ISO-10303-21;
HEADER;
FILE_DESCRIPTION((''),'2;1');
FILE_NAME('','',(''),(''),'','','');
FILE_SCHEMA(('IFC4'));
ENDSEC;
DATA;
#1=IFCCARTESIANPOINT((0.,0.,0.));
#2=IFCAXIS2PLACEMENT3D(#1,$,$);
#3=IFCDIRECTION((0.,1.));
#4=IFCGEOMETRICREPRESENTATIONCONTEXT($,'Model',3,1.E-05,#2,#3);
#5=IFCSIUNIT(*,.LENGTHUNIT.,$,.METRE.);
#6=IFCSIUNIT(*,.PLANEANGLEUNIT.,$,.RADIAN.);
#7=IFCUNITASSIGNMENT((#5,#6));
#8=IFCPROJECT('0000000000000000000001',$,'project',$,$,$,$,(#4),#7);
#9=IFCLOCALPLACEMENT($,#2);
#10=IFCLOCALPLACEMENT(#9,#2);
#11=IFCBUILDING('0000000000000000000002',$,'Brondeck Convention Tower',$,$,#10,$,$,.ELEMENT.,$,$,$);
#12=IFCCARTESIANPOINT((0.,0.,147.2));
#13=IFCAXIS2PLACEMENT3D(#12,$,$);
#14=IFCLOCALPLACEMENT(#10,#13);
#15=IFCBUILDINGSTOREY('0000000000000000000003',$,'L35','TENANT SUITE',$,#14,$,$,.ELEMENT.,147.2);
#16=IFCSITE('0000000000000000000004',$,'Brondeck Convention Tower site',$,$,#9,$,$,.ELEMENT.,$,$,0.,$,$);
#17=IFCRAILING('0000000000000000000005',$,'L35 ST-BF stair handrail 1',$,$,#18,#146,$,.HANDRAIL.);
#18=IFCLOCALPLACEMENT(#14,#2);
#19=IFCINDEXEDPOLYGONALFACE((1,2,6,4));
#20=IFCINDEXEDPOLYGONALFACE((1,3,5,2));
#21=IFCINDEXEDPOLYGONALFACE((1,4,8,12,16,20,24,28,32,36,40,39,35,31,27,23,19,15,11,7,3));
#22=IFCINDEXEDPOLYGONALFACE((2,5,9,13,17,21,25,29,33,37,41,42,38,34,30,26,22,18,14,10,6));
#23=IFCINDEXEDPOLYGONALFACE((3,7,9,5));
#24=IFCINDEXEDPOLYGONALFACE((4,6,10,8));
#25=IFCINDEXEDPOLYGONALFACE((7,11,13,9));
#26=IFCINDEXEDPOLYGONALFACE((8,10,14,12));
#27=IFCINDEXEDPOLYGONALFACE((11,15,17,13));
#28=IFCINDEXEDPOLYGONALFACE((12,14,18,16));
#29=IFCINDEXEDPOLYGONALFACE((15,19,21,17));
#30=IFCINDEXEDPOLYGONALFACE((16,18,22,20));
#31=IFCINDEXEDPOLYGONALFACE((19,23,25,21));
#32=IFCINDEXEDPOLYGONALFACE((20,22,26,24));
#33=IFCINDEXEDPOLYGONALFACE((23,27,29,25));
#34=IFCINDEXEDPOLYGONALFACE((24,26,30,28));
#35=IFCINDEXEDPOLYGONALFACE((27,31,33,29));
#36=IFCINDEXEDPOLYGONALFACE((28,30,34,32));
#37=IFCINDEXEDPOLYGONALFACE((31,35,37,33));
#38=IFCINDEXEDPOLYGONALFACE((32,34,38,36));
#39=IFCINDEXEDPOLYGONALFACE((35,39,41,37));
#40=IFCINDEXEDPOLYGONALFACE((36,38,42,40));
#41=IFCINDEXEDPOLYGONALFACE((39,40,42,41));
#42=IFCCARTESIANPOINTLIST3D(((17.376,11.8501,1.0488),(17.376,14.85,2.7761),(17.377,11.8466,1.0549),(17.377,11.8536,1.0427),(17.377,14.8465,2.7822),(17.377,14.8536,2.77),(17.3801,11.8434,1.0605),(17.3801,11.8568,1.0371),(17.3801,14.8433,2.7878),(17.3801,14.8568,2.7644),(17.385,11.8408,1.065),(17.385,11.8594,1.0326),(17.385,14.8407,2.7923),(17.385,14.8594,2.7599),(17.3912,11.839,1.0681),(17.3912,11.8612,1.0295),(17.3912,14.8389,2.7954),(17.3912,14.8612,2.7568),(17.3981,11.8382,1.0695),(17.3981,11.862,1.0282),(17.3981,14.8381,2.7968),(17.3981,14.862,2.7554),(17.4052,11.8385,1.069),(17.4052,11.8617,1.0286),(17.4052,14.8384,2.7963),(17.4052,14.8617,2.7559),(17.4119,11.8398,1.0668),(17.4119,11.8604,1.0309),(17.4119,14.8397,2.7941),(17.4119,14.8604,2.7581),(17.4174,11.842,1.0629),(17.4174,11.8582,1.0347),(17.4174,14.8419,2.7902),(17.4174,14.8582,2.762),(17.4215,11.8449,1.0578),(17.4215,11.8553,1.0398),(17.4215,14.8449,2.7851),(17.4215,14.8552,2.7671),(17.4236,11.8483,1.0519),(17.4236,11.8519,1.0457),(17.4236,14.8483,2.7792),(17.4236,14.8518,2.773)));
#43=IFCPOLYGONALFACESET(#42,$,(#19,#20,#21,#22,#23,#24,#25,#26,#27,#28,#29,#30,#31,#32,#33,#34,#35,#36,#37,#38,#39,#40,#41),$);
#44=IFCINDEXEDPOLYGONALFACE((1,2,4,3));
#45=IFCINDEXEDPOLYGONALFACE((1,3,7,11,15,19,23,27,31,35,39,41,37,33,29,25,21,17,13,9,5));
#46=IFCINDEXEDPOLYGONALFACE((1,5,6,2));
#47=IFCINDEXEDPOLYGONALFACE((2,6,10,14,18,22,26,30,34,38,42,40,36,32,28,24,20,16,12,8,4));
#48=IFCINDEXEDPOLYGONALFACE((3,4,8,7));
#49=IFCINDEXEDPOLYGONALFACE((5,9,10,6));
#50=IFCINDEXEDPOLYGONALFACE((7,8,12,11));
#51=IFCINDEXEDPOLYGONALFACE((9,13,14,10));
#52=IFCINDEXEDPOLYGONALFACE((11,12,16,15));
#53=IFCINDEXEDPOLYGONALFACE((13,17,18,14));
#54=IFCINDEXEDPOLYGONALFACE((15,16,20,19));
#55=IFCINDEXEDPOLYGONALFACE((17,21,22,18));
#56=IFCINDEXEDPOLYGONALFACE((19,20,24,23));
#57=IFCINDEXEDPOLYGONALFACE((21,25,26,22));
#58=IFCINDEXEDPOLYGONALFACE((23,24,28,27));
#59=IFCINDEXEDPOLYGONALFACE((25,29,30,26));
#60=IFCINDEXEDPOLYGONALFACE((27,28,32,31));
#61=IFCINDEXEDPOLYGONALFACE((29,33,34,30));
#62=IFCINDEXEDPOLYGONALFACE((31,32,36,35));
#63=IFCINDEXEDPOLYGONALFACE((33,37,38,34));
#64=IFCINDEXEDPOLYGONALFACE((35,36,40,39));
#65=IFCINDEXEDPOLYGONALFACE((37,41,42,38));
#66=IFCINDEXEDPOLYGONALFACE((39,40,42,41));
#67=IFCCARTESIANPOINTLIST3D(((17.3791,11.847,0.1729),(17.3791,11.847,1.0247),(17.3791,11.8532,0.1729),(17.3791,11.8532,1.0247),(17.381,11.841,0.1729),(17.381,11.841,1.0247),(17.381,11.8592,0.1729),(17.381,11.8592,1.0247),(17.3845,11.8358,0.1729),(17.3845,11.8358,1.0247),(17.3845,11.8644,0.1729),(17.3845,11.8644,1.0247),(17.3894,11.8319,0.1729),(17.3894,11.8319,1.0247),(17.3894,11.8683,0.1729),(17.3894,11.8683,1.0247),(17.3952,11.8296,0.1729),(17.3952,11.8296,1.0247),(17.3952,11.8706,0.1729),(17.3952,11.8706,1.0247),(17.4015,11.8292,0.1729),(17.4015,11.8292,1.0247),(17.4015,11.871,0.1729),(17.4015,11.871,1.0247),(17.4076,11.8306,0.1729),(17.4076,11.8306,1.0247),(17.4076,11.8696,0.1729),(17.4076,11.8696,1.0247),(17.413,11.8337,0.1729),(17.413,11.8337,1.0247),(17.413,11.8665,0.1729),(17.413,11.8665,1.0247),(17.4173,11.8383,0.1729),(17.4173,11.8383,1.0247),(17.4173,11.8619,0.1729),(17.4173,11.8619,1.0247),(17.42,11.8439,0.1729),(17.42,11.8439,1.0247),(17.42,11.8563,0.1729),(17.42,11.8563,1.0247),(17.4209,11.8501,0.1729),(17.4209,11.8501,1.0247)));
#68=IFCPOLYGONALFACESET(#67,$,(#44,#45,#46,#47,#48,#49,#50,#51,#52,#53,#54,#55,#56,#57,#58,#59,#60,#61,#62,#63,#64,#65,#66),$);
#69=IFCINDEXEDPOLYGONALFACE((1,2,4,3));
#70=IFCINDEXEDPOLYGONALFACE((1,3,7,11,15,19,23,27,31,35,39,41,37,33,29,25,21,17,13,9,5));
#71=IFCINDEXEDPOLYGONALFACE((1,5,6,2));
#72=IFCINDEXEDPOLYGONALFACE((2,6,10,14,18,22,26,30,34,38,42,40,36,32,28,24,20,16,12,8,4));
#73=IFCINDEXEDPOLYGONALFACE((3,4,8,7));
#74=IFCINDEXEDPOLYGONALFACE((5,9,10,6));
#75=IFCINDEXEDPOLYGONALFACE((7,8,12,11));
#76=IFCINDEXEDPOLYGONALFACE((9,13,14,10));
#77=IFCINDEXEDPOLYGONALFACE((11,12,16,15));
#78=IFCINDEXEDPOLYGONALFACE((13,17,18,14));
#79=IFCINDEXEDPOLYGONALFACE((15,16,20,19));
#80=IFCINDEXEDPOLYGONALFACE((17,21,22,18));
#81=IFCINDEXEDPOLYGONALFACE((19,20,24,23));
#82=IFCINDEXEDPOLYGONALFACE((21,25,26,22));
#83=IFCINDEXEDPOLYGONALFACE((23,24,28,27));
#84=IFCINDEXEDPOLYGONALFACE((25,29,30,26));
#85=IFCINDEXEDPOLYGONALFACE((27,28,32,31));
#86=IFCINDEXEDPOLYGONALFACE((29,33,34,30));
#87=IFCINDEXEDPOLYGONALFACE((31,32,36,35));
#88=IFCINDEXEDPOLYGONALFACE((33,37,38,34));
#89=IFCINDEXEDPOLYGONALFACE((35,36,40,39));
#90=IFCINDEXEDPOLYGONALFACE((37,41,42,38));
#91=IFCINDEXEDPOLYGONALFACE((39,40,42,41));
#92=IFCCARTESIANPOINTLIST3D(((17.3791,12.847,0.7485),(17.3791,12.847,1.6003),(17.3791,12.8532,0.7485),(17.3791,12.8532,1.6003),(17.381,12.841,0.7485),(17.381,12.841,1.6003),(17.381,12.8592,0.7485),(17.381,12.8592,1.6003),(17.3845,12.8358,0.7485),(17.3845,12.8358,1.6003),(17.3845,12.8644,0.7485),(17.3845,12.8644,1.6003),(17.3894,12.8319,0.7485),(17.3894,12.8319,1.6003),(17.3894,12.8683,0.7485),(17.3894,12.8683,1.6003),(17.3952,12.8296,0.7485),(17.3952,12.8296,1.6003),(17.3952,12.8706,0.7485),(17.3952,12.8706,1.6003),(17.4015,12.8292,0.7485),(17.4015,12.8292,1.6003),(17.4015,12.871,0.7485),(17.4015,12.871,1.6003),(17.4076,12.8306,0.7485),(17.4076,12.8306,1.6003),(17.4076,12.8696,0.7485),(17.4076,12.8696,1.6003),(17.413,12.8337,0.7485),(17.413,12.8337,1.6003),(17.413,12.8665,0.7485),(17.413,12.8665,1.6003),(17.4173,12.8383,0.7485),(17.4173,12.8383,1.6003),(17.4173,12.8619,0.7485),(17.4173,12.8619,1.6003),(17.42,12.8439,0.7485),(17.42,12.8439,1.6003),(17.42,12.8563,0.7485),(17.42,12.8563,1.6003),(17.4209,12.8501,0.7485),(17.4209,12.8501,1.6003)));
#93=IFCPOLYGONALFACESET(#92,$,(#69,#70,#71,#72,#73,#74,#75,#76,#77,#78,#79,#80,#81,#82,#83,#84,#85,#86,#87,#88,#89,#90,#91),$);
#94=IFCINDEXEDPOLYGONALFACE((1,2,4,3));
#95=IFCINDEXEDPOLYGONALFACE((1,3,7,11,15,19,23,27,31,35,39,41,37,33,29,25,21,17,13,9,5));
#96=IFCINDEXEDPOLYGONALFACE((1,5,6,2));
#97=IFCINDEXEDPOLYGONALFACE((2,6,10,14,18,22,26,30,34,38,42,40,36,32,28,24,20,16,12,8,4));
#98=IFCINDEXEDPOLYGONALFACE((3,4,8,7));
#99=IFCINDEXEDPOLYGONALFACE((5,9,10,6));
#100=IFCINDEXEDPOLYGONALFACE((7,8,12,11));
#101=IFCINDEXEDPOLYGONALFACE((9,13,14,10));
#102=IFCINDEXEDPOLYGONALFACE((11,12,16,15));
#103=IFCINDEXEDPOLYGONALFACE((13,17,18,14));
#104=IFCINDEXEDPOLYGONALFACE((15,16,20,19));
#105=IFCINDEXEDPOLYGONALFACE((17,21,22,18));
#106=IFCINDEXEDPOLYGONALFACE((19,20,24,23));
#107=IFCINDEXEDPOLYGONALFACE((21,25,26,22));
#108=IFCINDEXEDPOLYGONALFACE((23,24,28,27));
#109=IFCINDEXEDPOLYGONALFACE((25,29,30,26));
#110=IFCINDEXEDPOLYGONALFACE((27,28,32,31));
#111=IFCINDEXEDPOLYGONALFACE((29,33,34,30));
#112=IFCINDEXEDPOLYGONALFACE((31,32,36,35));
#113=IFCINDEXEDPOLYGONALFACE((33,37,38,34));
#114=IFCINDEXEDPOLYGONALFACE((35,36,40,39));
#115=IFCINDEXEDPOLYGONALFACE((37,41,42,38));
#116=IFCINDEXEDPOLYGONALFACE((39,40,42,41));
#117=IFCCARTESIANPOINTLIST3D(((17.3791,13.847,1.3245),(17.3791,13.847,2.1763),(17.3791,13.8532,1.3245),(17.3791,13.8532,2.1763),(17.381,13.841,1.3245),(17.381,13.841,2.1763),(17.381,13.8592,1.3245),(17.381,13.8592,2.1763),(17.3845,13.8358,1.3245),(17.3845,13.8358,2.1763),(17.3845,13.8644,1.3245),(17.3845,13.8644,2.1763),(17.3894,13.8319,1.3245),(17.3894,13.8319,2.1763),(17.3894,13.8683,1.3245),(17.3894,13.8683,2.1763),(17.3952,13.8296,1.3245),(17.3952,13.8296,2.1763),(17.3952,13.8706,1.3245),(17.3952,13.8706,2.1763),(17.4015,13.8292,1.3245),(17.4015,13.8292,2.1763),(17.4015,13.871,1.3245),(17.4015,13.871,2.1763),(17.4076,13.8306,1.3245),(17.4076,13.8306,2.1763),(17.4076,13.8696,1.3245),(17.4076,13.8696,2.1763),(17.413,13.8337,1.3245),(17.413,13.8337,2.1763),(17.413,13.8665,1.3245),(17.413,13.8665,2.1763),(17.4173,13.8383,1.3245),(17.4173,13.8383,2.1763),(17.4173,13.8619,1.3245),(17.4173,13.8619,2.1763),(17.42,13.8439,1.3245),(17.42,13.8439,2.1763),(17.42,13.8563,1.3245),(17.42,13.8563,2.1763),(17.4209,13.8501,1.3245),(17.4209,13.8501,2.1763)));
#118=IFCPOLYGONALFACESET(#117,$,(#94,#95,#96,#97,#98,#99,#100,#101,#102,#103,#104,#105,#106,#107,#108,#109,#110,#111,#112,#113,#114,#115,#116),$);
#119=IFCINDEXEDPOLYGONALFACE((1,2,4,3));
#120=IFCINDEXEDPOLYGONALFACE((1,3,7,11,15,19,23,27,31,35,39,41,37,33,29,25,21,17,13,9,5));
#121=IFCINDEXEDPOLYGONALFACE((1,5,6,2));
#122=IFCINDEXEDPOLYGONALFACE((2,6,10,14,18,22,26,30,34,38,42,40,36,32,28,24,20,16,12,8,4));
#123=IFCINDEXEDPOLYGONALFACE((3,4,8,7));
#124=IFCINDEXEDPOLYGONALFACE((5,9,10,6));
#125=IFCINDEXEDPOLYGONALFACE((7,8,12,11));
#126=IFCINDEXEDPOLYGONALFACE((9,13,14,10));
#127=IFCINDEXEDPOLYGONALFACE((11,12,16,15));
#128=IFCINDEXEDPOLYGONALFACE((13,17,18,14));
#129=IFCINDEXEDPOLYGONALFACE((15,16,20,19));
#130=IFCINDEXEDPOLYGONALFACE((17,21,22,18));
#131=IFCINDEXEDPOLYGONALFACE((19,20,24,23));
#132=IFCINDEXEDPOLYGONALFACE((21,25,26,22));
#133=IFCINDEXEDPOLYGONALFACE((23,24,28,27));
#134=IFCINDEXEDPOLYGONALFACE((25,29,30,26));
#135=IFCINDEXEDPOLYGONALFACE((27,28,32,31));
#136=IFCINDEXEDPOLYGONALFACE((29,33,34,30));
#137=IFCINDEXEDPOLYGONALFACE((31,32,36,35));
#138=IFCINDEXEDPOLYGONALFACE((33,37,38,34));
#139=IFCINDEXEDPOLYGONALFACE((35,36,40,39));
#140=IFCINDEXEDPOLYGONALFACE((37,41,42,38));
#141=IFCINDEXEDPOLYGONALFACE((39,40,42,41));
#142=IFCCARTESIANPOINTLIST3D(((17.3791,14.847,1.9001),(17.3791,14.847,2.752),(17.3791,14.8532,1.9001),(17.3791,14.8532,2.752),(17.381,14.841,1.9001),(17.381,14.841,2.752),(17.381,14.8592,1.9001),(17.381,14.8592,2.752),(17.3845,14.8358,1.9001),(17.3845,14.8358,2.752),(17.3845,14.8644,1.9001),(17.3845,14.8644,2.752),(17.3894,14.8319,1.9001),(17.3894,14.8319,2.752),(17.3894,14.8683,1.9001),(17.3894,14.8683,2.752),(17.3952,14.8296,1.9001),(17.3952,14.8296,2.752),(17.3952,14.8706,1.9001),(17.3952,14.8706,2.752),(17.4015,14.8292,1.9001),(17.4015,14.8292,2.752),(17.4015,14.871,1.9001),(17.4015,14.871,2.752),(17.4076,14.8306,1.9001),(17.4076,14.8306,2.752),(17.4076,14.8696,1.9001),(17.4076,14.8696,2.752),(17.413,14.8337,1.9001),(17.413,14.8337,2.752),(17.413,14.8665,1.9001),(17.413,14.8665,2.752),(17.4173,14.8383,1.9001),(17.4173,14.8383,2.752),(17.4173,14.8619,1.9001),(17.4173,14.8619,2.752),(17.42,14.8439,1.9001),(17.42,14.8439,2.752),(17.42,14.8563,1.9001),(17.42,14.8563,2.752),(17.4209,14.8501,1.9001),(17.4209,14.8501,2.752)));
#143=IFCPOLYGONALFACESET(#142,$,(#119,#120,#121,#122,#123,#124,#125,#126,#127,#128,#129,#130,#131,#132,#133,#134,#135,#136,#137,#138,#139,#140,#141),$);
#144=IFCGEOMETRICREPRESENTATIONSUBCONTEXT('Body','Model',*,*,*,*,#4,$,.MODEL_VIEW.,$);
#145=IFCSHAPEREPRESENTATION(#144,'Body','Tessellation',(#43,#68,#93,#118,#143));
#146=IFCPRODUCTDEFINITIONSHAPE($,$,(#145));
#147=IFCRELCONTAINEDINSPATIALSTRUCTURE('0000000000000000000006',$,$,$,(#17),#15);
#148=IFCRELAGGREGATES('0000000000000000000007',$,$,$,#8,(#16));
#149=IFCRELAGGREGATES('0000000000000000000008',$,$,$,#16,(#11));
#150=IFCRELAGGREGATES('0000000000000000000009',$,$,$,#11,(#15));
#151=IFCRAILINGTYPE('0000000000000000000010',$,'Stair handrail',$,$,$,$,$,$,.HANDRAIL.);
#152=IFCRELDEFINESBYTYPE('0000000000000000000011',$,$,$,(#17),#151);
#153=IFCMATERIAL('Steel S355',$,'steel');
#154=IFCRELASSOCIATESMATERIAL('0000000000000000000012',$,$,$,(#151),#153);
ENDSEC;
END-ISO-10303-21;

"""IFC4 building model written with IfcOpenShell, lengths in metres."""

from ifc_helpers import new_model, si_unit, direction, frame, origin, origin_2d, place, context, subcontext, project, spatial, circle, extrude, material, type_object, element, save


model = new_model("IFC4")

# Units and contexts
model_context = context("Model", 3, precision=1e-05, world=origin(), true_north=direction((0.0, 1.0)))
body_context = subcontext(model_context, "Body", "Model", "MODEL_VIEW")
ifc_project = project(units=[si_unit("LENGTHUNIT", "METRE"), si_unit("PLANEANGLEUNIT", "RADIAN")], contexts=[model_context])

# Site, building, storey
site_placement = place(None, origin())
site = spatial("IfcSite", under=ifc_project, at=site_placement, Name="Brondeck Convention Tower site", CompositionType="ELEMENT", RefElevation=0.0)
building_placement = place(site_placement, origin())
building = spatial("IfcBuilding", under=site, at=building_placement, Name="Brondeck Convention Tower", CompositionType="ELEMENT")
storey_placement = place(building_placement, frame((0.0, 0.0, 147.2)))
storey = spatial("IfcBuildingStorey", under=building, at=storey_placement, Name="L35", Description="TENANT SUITE", CompositionType="ELEMENT", Elevation=147.2)

# Shared definitions
ifc_material_1 = material(Name="Steel S355", Category="steel")

# Railing
railing_type_1 = type_object("IfcRailingType", Name="Stair handrail", PredefinedType="HANDRAIL", material=ifc_material_1)
railing_1_placement = place(storey_placement, frame((17.3999, 11.8501, 0.1729)))
element("IfcRailing", 1, at=railing_1_placement, inside=storey, type_object=railing_type_1, Name="L35 ST-BF stair handrail 1", PredefinedType="HANDRAIL", context=body_context, shape_type="SweptSolid", body=[
    extrude(circle(Radius=0.0239, at=origin_2d()), frame((0.0, 0.0, 0.876), z_axis=(0.0, 0.86662, 0.498969), x_axis=(-1.0, 0.0, 0.0)), (0.0, 0.0, 1.0), 3.4617),
    extrude(circle(Radius=0.021, at=origin_2d()), origin(), (0.0, 0.0, 1.0), 0.8518),
    extrude(circle(Radius=0.021, at=origin_2d()), frame((0.0, 1.0, 0.5757)), (0.0, 0.0, 1.0), 0.8518),
    extrude(circle(Radius=0.021, at=origin_2d()), frame((0.0, 2.0, 1.1516)), (0.0, 0.0, 1.0), 0.8518),
    extrude(circle(Radius=0.021, at=origin_2d()), frame((0.0, 3.0, 1.7273)), (0.0, 0.0, 1.0), 0.8518),
])

save(model, "model.ifc")
